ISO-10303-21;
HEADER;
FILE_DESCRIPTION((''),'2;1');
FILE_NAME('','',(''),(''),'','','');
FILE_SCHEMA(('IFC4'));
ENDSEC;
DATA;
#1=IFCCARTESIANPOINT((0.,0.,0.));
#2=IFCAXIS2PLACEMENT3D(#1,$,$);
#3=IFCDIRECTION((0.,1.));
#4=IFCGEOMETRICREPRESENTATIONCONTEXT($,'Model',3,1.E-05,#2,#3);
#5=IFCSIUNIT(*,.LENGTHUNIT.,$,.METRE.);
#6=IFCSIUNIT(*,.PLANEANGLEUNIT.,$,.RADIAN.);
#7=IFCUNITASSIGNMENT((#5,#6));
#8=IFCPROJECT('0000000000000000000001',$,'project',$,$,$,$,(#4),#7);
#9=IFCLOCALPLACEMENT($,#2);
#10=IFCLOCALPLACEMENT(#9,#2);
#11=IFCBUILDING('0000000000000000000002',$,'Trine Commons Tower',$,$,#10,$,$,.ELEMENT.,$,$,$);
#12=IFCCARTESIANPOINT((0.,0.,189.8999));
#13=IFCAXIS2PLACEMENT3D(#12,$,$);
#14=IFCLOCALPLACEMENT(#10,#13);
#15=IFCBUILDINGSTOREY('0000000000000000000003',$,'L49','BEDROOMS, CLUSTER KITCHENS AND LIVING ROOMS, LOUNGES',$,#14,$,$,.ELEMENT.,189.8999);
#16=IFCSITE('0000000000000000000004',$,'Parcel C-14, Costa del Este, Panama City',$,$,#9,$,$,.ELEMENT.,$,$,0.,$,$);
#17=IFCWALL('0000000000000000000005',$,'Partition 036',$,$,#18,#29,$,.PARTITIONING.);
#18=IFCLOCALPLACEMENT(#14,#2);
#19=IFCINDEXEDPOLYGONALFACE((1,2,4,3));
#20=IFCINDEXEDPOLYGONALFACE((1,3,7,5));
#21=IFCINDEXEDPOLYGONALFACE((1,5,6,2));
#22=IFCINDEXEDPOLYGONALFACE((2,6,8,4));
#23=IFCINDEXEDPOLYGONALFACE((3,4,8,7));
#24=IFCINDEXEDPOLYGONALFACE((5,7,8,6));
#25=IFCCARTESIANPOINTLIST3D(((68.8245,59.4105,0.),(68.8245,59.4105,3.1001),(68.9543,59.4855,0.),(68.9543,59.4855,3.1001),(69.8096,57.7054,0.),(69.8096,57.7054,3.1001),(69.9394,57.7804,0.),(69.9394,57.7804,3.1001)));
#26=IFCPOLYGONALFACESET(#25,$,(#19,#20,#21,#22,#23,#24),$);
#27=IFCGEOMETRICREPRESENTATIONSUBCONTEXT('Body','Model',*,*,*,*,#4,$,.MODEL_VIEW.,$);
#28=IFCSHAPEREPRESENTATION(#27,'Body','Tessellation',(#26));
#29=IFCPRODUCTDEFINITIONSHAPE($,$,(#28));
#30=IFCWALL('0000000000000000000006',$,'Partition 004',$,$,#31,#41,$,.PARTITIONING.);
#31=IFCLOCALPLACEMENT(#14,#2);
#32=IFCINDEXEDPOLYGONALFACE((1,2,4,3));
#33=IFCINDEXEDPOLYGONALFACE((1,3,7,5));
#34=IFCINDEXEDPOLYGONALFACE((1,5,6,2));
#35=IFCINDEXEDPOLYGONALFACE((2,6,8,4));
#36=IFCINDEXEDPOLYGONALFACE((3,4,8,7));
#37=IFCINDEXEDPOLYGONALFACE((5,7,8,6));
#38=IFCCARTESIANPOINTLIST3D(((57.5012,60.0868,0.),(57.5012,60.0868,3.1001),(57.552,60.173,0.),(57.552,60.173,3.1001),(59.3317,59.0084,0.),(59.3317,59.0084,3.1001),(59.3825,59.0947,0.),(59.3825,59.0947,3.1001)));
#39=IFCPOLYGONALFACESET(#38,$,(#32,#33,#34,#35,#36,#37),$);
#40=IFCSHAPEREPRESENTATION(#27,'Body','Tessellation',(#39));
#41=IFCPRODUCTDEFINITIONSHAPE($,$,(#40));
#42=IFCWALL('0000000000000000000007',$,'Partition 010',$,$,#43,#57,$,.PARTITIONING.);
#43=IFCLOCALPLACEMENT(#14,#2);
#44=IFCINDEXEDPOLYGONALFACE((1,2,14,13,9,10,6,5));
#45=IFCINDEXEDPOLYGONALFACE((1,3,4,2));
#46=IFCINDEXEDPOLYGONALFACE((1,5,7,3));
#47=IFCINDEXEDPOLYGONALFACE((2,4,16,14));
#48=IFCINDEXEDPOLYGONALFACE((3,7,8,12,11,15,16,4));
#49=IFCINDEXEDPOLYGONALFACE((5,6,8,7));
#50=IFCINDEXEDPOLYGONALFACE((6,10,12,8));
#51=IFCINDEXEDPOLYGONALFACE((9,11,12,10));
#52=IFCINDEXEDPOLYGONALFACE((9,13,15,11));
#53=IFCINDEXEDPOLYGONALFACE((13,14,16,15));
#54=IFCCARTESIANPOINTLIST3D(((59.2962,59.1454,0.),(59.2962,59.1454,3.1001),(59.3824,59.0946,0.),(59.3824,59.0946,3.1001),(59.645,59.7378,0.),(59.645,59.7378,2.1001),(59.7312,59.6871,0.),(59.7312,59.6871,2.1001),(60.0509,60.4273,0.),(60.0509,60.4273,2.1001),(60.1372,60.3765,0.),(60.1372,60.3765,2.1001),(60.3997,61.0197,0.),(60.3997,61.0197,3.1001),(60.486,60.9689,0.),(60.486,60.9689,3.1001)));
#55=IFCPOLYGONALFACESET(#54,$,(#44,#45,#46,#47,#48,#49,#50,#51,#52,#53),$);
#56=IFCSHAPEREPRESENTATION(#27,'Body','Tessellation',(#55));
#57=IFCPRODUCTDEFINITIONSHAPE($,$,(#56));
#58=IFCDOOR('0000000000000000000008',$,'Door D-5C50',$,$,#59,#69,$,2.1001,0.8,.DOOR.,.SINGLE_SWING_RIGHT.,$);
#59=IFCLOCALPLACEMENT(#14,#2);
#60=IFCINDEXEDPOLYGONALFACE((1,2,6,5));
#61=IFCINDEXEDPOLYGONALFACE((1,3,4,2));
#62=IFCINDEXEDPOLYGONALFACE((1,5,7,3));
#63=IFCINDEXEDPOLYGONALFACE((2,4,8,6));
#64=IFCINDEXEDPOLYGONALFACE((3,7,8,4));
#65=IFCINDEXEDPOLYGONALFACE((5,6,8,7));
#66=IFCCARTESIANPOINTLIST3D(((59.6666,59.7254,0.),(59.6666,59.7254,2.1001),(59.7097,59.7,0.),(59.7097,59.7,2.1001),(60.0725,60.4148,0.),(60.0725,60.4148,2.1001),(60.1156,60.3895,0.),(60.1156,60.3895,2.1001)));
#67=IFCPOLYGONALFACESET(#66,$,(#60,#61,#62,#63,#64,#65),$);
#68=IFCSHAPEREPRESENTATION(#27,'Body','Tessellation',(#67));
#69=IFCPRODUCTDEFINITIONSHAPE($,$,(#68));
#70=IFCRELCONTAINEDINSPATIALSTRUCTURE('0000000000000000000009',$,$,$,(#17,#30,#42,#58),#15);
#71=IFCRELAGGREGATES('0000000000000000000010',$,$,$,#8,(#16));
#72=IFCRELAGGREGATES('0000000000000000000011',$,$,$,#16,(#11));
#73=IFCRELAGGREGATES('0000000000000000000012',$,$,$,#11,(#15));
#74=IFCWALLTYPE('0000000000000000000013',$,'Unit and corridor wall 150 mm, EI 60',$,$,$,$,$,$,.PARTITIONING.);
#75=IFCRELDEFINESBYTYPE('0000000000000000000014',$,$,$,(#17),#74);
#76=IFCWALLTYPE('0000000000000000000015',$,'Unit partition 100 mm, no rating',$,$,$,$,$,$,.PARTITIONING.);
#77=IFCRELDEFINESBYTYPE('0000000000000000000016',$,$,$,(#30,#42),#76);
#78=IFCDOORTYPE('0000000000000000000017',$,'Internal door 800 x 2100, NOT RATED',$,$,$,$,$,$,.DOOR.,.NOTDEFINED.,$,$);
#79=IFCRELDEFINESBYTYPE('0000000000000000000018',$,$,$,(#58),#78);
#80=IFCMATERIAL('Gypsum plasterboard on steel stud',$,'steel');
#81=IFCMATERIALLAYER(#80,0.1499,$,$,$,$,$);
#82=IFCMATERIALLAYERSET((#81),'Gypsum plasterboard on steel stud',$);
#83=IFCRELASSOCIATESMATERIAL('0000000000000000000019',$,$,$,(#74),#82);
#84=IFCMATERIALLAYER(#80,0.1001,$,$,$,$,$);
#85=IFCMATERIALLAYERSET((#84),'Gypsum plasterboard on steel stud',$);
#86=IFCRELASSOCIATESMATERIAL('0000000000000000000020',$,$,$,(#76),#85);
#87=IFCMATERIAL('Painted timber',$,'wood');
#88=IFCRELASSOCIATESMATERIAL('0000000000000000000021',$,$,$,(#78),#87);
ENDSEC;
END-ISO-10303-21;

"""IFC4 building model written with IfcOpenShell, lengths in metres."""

from ifc_helpers import new_model, si_unit, direction, frame, frame_2d, origin, place, context, subcontext, project, spatial, rectangle, extrude, material, layer, layer_set, type_object, element, fill, save


model = new_model("IFC4")

# Units and contexts
model_context = context("Model", 3, precision=1e-05, world=origin(), true_north=direction((0.0, 1.0)))
body_context = subcontext(model_context, "Body", "Model", "MODEL_VIEW")
ifc_project = project(units=[si_unit("LENGTHUNIT", "METRE"), si_unit("PLANEANGLEUNIT", "RADIAN")], contexts=[model_context])

# Site, building, storey
site_placement = place(None, origin())
site = spatial("IfcSite", under=ifc_project, at=site_placement, Name="Parcel C-14, Costa del Este, Panama City", CompositionType="ELEMENT", RefElevation=0.0)
building_placement = place(site_placement, origin())
building = spatial("IfcBuilding", under=site, at=building_placement, Name="Trine Commons Tower", CompositionType="ELEMENT")
storey_placement = place(building_placement, frame((0.0, 0.0, 189.8999)))
storey = spatial("IfcBuildingStorey", under=building, at=storey_placement, Name="L49", Description="BEDROOMS, CLUSTER KITCHENS AND LIVING ROOMS, LOUNGES", CompositionType="ELEMENT", Elevation=189.8999)

# Shared definitions
ifc_material_1 = material(Name="Gypsum plasterboard on steel stud", Category="steel")
ifc_layer_1 = layer(ifc_material_1, 0.1499)
ifc_layer_set_1 = layer_set([ifc_layer_1], Name="Gypsum plasterboard on steel stud")
wall_type_1 = type_object("IfcWallType", Name="Unit and corridor wall 150 mm, EI 60", PredefinedType="PARTITIONING", material=ifc_layer_set_1)

# Shared definitions
ifc_material_2 = material(Name="Painted timber", Category="wood")

# Walls
wall_1_placement = place(storey_placement, frame((68.8894, 59.448, 0.0), z_axis=(0.0, 0.0, 1.0), x_axis=(0.500259, -0.865876, 0.0)))
element("IfcWall", 1, at=wall_1_placement, inside=storey, type_object=wall_type_1, Name="Partition 036", PredefinedType="PARTITIONING", context=body_context, shape_type="SweptSolid", body=[
    extrude(rectangle(XDim=1.9692, YDim=0.1499, at=frame_2d((0.9846, 0.0))), origin(), (0.0, 0.0, 1.0), 3.1001),
])
ifc_layer_2 = layer(ifc_material_1, 0.1001)
ifc_layer_set_2 = layer_set([ifc_layer_2], Name="Gypsum plasterboard on steel stud")
wall_type_2 = type_object("IfcWallType", Name="Unit partition 100 mm, no rating", PredefinedType="PARTITIONING", material=ifc_layer_set_2)
wall_2_placement = place(storey_placement, frame((57.5266, 60.1299, 0.0), z_axis=(0.0, 0.0, 1.0), x_axis=(0.861612, -0.507567, 0.0)))
element("IfcWall", 2, at=wall_2_placement, inside=storey, type_object=wall_type_2, Name="Partition 004", PredefinedType="PARTITIONING", context=body_context, shape_type="SweptSolid", body=[
    extrude(rectangle(XDim=2.1245, YDim=0.1001, at=frame_2d((1.0623, 0.0))), origin(), (0.0, 0.0, 1.0), 3.1001),
])

# Wall, opening, door
wall_3_placement = place(storey_placement, frame((59.3394, 59.1201, 0.0), z_axis=(0.0, 0.0, 1.0), x_axis=(0.507363, 0.861732, 0.0)))
wall_3 = element("IfcWall", 3, at=wall_3_placement, inside=storey, type_object=wall_type_2, Name="Partition 010", PredefinedType="PARTITIONING", context=body_context, shape_type="SweptSolid", body=[
    extrude(rectangle(XDim=2.175, YDim=0.1001, at=frame_2d((1.0874, 0.0))), origin(), (0.0, 0.0, 1.0), 3.1001),
])
opening_1_placement = place(wall_3_placement, frame((0.6875, 0.0, 0.0)))
opening_1 = element("IfcOpeningElement", 4, at=opening_1_placement, cuts=wall_3, PredefinedType="OPENING", context=body_context, shape_type="SweptSolid", body=[
    extrude(rectangle(XDim=0.8, YDim=2.1001, at=frame_2d((0.3999, 1.05))), frame((0.0, 0.0601, 0.0), z_axis=(0.0, -1.0, 0.0), x_axis=(1.0, 0.0, 0.0)), (0.0, 0.0, 1.0), 0.1201),
])
door_type_1 = type_object("IfcDoorType", Name="Internal door 800 x 2100, NOT RATED", OperationType="NOTDEFINED", PredefinedType="DOOR", material=ifc_material_2)
door_1_placement = place(opening_1_placement, frame((0.8, 0.0, 0.0), z_axis=(0.0, 0.0, 1.0), x_axis=(-1.0, 0.0, 0.0)))
door_1 = element("IfcDoor", 5, at=door_1_placement, inside=storey, type_object=door_type_1, Name="Door D-5C50", OperationType="SINGLE_SWING_RIGHT", OverallHeight=2.1001, OverallWidth=0.8, PredefinedType="DOOR", context=body_context, shape_type="SweptSolid", body=[
    extrude(rectangle(XDim=0.8, YDim=2.1001, at=frame_2d((0.3999, 1.05))), frame((0.0, 0.0249, 0.0), z_axis=(0.0, -1.0, 0.0), x_axis=(1.0, 0.0, 0.0)), (0.0, 0.0, 1.0), 0.05),
])
fill(opening_1, door_1)

save(model, "model.ifc")
